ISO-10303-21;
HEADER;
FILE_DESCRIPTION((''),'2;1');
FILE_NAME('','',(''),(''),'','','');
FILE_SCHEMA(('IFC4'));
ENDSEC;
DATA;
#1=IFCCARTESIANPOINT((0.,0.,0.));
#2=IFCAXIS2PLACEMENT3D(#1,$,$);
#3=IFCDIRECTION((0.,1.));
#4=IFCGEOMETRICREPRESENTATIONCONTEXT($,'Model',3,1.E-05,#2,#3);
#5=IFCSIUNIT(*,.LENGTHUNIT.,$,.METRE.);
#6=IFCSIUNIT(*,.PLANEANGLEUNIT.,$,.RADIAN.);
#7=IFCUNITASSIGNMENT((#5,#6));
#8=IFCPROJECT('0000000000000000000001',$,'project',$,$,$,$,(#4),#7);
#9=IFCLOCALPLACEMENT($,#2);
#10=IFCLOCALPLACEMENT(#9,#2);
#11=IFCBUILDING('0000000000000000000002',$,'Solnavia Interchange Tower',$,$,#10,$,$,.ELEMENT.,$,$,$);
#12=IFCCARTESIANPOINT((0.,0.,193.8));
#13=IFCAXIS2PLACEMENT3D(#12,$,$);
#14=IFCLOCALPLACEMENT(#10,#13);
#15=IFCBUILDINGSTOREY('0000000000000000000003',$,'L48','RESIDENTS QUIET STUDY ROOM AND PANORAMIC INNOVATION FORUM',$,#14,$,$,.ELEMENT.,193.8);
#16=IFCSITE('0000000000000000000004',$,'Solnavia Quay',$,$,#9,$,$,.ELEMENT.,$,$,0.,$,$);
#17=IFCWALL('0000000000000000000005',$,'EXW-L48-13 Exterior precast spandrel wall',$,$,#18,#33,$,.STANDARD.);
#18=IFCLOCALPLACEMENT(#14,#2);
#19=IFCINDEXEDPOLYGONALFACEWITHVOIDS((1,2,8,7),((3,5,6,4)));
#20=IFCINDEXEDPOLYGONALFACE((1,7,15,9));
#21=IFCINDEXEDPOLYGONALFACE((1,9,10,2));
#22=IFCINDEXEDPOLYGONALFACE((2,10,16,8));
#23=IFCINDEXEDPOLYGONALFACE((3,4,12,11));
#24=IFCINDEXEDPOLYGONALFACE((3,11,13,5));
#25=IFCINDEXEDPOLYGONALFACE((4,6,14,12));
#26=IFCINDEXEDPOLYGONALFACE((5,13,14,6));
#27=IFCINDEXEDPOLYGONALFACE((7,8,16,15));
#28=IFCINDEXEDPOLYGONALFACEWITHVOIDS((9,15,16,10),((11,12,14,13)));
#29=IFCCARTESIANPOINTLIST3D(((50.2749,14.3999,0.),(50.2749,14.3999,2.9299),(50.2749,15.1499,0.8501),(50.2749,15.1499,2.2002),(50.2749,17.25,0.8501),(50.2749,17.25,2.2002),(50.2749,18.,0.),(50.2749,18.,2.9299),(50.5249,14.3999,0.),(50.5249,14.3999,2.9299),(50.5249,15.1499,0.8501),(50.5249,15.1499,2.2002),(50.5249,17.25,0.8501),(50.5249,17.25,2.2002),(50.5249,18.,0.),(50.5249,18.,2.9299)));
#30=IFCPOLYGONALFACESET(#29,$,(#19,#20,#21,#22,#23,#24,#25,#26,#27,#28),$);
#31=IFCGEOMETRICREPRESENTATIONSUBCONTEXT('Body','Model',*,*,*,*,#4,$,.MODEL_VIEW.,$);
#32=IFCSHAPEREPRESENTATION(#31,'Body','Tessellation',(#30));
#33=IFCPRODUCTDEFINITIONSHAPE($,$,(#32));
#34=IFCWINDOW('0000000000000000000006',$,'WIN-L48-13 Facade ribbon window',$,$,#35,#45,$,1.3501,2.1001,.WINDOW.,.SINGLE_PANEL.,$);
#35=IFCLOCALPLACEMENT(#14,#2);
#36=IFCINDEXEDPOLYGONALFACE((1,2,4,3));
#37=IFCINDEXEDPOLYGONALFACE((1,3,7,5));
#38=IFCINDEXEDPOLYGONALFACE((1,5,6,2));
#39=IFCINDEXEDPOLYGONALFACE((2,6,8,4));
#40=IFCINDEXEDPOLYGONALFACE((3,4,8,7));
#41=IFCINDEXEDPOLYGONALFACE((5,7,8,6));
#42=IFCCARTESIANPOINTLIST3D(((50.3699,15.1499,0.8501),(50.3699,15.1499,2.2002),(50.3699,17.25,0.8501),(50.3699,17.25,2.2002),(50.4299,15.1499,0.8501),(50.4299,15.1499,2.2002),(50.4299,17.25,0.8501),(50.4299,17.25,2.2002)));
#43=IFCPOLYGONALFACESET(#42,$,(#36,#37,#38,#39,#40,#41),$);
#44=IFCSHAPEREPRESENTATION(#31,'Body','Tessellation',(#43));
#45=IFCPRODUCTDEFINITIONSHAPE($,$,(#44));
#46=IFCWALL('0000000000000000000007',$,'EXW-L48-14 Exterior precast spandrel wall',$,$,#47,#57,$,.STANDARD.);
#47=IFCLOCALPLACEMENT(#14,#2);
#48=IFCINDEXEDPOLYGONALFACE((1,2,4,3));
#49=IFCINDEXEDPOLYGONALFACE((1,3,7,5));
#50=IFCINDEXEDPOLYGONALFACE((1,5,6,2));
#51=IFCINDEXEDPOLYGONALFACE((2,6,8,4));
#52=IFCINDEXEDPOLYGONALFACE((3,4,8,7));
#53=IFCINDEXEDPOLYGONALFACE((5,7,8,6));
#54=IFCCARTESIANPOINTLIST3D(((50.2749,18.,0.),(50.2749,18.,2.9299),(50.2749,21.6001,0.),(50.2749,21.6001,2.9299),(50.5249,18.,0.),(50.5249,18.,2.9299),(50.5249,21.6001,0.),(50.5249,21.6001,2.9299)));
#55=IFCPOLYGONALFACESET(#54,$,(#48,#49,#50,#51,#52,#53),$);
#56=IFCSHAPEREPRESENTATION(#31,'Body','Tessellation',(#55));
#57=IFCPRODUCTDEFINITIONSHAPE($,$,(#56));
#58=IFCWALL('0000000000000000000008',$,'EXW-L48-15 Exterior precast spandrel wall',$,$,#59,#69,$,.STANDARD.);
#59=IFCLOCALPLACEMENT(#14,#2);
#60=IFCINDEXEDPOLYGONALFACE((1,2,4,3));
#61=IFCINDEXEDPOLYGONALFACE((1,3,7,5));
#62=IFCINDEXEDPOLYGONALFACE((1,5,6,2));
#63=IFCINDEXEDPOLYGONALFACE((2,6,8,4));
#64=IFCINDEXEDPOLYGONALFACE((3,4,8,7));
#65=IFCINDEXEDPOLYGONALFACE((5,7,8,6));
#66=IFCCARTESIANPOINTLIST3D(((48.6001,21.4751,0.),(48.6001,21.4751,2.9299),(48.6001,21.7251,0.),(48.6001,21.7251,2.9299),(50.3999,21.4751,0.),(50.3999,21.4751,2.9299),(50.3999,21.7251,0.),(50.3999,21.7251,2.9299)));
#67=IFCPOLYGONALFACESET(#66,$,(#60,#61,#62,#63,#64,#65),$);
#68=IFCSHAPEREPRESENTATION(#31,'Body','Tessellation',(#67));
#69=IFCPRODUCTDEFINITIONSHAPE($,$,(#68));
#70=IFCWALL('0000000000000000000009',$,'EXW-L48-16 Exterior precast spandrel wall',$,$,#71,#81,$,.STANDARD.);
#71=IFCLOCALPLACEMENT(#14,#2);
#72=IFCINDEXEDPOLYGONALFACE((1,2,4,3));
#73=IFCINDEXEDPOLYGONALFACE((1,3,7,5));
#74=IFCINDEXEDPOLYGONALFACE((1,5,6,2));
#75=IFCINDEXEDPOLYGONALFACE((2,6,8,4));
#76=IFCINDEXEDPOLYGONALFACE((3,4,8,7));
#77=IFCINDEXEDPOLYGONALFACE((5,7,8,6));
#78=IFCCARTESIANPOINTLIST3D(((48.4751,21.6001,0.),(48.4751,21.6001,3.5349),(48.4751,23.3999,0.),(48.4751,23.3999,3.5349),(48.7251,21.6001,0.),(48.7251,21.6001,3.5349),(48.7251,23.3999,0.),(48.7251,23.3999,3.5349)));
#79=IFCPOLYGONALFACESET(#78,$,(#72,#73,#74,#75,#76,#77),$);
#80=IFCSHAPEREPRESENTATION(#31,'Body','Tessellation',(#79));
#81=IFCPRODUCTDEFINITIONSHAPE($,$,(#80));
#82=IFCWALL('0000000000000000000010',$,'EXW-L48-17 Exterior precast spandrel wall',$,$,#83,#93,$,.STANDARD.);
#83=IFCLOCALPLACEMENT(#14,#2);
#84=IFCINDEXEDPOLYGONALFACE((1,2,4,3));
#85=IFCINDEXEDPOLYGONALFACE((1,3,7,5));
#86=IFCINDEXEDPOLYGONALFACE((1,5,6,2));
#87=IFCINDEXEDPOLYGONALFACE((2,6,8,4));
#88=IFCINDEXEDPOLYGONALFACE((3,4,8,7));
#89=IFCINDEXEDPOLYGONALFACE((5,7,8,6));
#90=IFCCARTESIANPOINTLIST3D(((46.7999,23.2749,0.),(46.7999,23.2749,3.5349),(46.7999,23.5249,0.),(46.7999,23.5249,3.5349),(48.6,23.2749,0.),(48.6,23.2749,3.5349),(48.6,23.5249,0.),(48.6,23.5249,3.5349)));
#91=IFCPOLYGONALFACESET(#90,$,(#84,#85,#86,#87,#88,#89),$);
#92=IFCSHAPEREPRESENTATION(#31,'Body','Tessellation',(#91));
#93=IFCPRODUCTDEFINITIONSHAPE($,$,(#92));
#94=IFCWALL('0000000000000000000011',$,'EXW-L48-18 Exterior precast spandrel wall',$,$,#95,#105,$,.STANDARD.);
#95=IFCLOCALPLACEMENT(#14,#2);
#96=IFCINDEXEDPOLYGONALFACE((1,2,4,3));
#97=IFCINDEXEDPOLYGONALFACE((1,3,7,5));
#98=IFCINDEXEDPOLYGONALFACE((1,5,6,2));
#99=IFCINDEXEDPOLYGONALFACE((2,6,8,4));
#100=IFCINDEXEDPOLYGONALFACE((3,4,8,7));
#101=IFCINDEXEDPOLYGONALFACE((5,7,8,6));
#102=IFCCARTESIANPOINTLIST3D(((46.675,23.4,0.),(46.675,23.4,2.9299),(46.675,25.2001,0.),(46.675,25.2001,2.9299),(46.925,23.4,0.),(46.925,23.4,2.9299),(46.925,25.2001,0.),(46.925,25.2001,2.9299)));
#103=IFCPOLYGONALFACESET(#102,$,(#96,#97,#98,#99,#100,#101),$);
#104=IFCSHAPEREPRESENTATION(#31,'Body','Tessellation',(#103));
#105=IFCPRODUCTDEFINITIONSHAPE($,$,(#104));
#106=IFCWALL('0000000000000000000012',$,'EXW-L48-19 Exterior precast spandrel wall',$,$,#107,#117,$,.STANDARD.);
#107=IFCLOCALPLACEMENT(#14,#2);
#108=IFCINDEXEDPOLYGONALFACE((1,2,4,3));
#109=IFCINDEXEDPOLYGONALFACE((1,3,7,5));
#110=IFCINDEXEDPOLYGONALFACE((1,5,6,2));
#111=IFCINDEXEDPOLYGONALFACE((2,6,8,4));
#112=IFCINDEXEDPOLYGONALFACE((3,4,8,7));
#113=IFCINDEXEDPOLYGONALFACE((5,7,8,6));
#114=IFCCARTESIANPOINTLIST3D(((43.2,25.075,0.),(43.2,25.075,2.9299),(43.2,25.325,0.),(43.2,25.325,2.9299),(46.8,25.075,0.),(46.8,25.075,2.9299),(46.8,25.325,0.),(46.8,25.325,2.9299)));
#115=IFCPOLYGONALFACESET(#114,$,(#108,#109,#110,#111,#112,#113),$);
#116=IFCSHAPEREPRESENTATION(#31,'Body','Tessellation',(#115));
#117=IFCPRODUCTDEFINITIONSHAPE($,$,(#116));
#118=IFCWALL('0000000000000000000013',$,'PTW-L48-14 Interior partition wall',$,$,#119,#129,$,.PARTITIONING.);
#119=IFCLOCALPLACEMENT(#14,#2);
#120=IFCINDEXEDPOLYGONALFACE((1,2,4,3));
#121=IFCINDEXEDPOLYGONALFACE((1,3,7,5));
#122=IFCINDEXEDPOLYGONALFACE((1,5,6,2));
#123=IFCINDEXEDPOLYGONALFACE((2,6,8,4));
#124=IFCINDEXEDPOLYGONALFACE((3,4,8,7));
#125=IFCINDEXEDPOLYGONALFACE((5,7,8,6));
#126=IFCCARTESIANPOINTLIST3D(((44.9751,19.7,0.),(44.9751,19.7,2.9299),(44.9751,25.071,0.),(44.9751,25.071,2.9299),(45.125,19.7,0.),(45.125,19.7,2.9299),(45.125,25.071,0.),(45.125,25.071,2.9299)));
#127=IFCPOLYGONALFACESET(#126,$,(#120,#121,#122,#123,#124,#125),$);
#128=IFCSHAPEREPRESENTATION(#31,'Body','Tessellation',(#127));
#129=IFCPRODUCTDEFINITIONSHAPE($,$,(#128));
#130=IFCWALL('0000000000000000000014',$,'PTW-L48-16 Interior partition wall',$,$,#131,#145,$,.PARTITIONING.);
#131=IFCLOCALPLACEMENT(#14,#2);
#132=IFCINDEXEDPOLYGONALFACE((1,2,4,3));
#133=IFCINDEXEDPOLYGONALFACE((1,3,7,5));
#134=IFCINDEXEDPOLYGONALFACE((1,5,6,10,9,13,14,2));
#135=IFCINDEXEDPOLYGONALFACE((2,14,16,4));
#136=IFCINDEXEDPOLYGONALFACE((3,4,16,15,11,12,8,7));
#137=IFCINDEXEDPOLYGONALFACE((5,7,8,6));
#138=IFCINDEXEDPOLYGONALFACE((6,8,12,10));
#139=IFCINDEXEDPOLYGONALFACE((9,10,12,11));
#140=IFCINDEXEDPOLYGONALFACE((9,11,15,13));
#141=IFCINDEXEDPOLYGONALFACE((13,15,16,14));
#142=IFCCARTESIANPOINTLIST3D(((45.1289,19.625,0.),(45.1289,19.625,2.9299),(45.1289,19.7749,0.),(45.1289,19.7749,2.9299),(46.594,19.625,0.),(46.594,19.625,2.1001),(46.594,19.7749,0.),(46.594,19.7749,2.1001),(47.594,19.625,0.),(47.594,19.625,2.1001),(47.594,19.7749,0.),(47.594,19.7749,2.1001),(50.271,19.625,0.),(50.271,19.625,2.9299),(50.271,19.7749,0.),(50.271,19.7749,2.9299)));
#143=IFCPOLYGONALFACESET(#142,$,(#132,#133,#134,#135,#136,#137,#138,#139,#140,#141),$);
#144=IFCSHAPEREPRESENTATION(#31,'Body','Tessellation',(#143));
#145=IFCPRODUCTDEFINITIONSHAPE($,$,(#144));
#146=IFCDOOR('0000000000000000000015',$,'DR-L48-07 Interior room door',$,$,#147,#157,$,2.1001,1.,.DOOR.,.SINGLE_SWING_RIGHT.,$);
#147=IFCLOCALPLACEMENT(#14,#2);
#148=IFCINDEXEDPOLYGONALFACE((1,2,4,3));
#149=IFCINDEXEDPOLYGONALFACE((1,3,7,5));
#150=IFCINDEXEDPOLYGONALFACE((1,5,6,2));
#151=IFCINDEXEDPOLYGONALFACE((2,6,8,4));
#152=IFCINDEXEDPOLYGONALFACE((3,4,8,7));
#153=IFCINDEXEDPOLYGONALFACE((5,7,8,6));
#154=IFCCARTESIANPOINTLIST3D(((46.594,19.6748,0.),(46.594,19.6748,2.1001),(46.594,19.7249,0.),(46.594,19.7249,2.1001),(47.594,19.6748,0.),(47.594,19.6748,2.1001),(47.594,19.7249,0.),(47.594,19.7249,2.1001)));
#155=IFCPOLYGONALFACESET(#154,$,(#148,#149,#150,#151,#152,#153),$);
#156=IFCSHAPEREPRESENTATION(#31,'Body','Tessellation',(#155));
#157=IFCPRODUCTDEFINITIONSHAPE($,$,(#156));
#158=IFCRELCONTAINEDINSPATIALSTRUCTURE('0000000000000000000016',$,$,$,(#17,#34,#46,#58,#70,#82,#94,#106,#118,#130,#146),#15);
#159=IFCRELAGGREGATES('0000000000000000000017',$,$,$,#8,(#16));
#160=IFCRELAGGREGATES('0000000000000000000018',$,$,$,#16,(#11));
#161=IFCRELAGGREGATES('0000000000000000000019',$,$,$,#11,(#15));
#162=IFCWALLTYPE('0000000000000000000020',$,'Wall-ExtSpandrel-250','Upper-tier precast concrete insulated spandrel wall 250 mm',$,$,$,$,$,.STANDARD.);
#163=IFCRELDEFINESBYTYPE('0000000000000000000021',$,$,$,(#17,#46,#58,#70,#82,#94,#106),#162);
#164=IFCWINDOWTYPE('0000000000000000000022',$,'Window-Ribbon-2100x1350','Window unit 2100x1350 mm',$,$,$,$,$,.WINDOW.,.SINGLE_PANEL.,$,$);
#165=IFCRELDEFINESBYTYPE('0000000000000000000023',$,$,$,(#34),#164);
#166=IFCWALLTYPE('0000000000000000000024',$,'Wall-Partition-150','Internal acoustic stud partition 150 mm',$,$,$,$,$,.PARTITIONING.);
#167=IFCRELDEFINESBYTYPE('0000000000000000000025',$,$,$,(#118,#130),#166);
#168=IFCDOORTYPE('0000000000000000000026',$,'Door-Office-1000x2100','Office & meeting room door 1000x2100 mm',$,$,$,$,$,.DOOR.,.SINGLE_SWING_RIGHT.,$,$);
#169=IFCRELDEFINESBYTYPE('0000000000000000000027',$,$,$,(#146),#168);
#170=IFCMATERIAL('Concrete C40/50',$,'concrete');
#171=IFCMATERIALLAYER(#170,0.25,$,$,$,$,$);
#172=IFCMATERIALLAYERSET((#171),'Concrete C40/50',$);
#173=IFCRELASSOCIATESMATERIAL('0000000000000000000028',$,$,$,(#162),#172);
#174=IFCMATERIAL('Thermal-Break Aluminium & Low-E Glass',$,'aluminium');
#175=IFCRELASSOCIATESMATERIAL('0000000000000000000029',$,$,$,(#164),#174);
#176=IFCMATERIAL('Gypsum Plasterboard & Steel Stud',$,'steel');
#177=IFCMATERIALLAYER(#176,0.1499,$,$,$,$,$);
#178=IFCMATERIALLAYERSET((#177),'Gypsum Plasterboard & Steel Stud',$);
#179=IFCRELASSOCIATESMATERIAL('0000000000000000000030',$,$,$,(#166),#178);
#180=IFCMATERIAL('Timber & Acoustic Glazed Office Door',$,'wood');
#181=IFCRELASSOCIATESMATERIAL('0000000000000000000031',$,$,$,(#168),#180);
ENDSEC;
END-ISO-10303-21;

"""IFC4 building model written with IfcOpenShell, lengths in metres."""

from ifc_helpers import new_model, si_unit, direction, frame, frame_2d, origin, place, context, subcontext, project, spatial, rectangle, extrude, material, layer, layer_set, type_object, element, fill, save


model = new_model("IFC4")

# Units and contexts
model_context = context("Model", 3, precision=1e-05, world=origin(), true_north=direction((0.0, 1.0)))
body_context = subcontext(model_context, "Body", "Model", "MODEL_VIEW")
ifc_project = project(units=[si_unit("LENGTHUNIT", "METRE"), si_unit("PLANEANGLEUNIT", "RADIAN")], contexts=[model_context])

# Site, building, storey
site_placement = place(None, origin())
site = spatial("IfcSite", under=ifc_project, at=site_placement, Name="Solnavia Quay", CompositionType="ELEMENT", RefElevation=0.0)
building_placement = place(site_placement, origin())
building = spatial("IfcBuilding", under=site, at=building_placement, Name="Solnavia Interchange Tower", CompositionType="ELEMENT")
storey_placement = place(building_placement, frame((0.0, 0.0, 193.8)))
storey = spatial("IfcBuildingStorey", under=building, at=storey_placement, Name="L48", Description="RESIDENTS QUIET STUDY ROOM AND PANORAMIC INNOVATION FORUM", CompositionType="ELEMENT", Elevation=193.8)

# Wall, opening, window
ifc_material_1 = material(Name="Concrete C40/50", Category="concrete")
ifc_layer_1 = layer(ifc_material_1, 0.25)
ifc_layer_set_1 = layer_set([ifc_layer_1], Name="Concrete C40/50")
wall_type_1 = type_object("IfcWallType", Name="Wall-ExtSpandrel-250", Description="Upper-tier precast concrete insulated spandrel wall 250 mm", PredefinedType="STANDARD", material=ifc_layer_set_1)
wall_1_placement = place(storey_placement, frame((50.3999, 18.0, 0.0), z_axis=(0.0, 0.0, 1.0), x_axis=(0.0, -1.0, 0.0)))
wall_1 = element("IfcWall", 1, at=wall_1_placement, inside=storey, type_object=wall_type_1, Name="EXW-L48-13 Exterior precast spandrel wall", PredefinedType="STANDARD", context=body_context, shape_type="SweptSolid", body=[
    extrude(rectangle(XDim=3.6001, YDim=0.25, at=frame_2d((1.8, 0.0))), origin(), (0.0, 0.0, 1.0), 2.9299),
])
opening_1_placement = place(wall_1_placement, frame((0.75, 0.0, 0.8501)))
opening_1 = element("IfcOpeningElement", 2, at=opening_1_placement, cuts=wall_1, PredefinedType="OPENING", context=body_context, shape_type="SweptSolid", body=[
    extrude(rectangle(XDim=2.1001, YDim=1.3501, at=frame_2d((1.05, 0.675))), frame((0.0, 0.135, 0.0), z_axis=(0.0, -1.0, 0.0), x_axis=(1.0, 0.0, 0.0)), (0.0, 0.0, 1.0), 0.27),
])
ifc_material_2 = material(Name="Thermal-Break Aluminium & Low-E Glass", Category="aluminium")
window_type = type_object("IfcWindowType", Name="Window-Ribbon-2100x1350", Description="Window unit 2100x1350 mm", PartitioningType="SINGLE_PANEL", PredefinedType="WINDOW", material=ifc_material_2)
window_placement = place(opening_1_placement, origin())
window = element("IfcWindow", 3, at=window_placement, inside=storey, type_object=window_type, Name="WIN-L48-13 Facade ribbon window", OverallHeight=1.3501, OverallWidth=2.1001, PartitioningType="SINGLE_PANEL", PredefinedType="WINDOW", context=body_context, shape_type="SweptSolid", body=[
    extrude(rectangle(XDim=2.1001, YDim=1.3501, at=frame_2d((1.05, 0.675))), frame((0.0, 0.03, 0.0), z_axis=(0.0, -1.0, 0.0), x_axis=(1.0, 0.0, 0.0)), (0.0, 0.0, 1.0), 0.0601),
])
fill(opening_1, window)

# Walls
wall_2_placement = place(storey_placement, frame((50.3999, 21.6001, 0.0), z_axis=(0.0, 0.0, 1.0), x_axis=(0.0, -1.0, 0.0)))
element("IfcWall", 4, at=wall_2_placement, inside=storey, type_object=wall_type_1, Name="EXW-L48-14 Exterior precast spandrel wall", PredefinedType="STANDARD", context=body_context, shape_type="SweptSolid", body=[
    extrude(rectangle(XDim=3.6001, YDim=0.25, at=frame_2d((1.8, 0.0))), origin(), (0.0, 0.0, 1.0), 2.9299),
])
wall_3_placement = place(storey_placement, frame((48.6001, 21.6001, 0.0), z_axis=(0.0, 0.0, 1.0), x_axis=(1.0, 0.0, 0.0)))
element("IfcWall", 5, at=wall_3_placement, inside=storey, type_object=wall_type_1, Name="EXW-L48-15 Exterior precast spandrel wall", PredefinedType="STANDARD", context=body_context, shape_type="SweptSolid", body=[
    extrude(rectangle(XDim=1.7998, YDim=0.25, at=frame_2d((0.8999, 0.0))), origin(), (0.0, 0.0, 1.0), 2.9299),
])
wall_4_placement = place(storey_placement, frame((48.6001, 23.3999, 0.0), z_axis=(0.0, 0.0, 1.0), x_axis=(0.0, -1.0, 0.0)))
element("IfcWall", 6, at=wall_4_placement, inside=storey, type_object=wall_type_1, Name="EXW-L48-16 Exterior precast spandrel wall", PredefinedType="STANDARD", context=body_context, shape_type="SweptSolid", body=[
    extrude(rectangle(XDim=1.7998, YDim=0.25, at=frame_2d((0.8999, 0.0))), origin(), (0.0, 0.0, 1.0), 3.5349),
])
wall_5_placement = place(storey_placement, frame((46.8, 23.3999, 0.0), z_axis=(0.0, 0.0, 1.0), x_axis=(1.0, 0.0, 0.0)))
element("IfcWall", 7, at=wall_5_placement, inside=storey, type_object=wall_type_1, Name="EXW-L48-17 Exterior precast spandrel wall", PredefinedType="STANDARD", context=body_context, shape_type="SweptSolid", body=[
    extrude(rectangle(XDim=1.8, YDim=0.25, at=frame_2d((0.8999, 0.0))), origin(), (0.0, 0.0, 1.0), 3.5349),
])
wall_6_placement = place(storey_placement, frame((46.8, 25.2, 0.0), z_axis=(0.0, 0.0, 1.0), x_axis=(0.0, -1.0, 0.0)))
element("IfcWall", 8, at=wall_6_placement, inside=storey, type_object=wall_type_1, Name="EXW-L48-18 Exterior precast spandrel wall", PredefinedType="STANDARD", context=body_context, shape_type="SweptSolid", body=[
    extrude(rectangle(XDim=1.8, YDim=0.25, at=frame_2d((0.8999, 0.0))), origin(), (0.0, 0.0, 1.0), 2.9299),
])
wall_7_placement = place(storey_placement, frame((43.2, 25.2, 0.0), z_axis=(0.0, 0.0, 1.0), x_axis=(1.0, 0.0, 0.0)))
element("IfcWall", 9, at=wall_7_placement, inside=storey, type_object=wall_type_1, Name="EXW-L48-19 Exterior precast spandrel wall", PredefinedType="STANDARD", context=body_context, shape_type="SweptSolid", body=[
    extrude(rectangle(XDim=3.6001, YDim=0.25, at=frame_2d((1.8, 0.0))), origin(), (0.0, 0.0, 1.0), 2.9299),
])
ifc_material_3 = material(Name="Gypsum Plasterboard & Steel Stud", Category="steel")
ifc_layer_2 = layer(ifc_material_3, 0.1499)
ifc_layer_set_2 = layer_set([ifc_layer_2], Name="Gypsum Plasterboard & Steel Stud")
wall_type_2 = type_object("IfcWallType", Name="Wall-Partition-150", Description="Internal acoustic stud partition 150 mm", PredefinedType="PARTITIONING", material=ifc_layer_set_2)
wall_8_placement = place(storey_placement, frame((45.05, 19.7, 0.0), z_axis=(0.0, 0.0, 1.0), x_axis=(0.0, 1.0, 0.0)))
element("IfcWall", 10, at=wall_8_placement, inside=storey, type_object=wall_type_2, Name="PTW-L48-14 Interior partition wall", PredefinedType="PARTITIONING", context=body_context, shape_type="SweptSolid", body=[
    extrude(rectangle(XDim=5.3711, YDim=0.1499, at=frame_2d((2.6855, 0.0))), origin(), (0.0, 0.0, 1.0), 2.9299),
])

# Wall, opening, door
wall_9_placement = place(storey_placement, frame((45.1289, 19.7, 0.0), z_axis=(0.0, 0.0, 1.0), x_axis=(1.0, 0.0, 0.0)))
wall_9 = element("IfcWall", 11, at=wall_9_placement, inside=storey, type_object=wall_type_2, Name="PTW-L48-16 Interior partition wall", PredefinedType="PARTITIONING", context=body_context, shape_type="SweptSolid", body=[
    extrude(rectangle(XDim=5.1421, YDim=0.1499, at=frame_2d((2.571, 0.0))), origin(), (0.0, 0.0, 1.0), 2.9299),
])
opening_2_placement = place(wall_9_placement, frame((1.4651, 0.0, 0.0)))
opening_2 = element("IfcOpeningElement", 12, at=opening_2_placement, cuts=wall_9, PredefinedType="OPENING", context=body_context, shape_type="SweptSolid", body=[
    extrude(rectangle(XDim=1.0, YDim=2.1001, at=frame_2d((0.5, 1.05))), frame((0.0, 0.085, 0.0), z_axis=(0.0, -1.0, 0.0), x_axis=(1.0, 0.0, 0.0)), (0.0, 0.0, 1.0), 0.1699),
])
ifc_material_4 = material(Name="Timber & Acoustic Glazed Office Door", Category="wood")
door_type = type_object("IfcDoorType", Name="Door-Office-1000x2100", Description="Office & meeting room door 1000x2100 mm", OperationType="SINGLE_SWING_RIGHT", PredefinedType="DOOR", material=ifc_material_4)
door_placement = place(opening_2_placement, origin())
door = element("IfcDoor", 13, at=door_placement, inside=storey, type_object=door_type, Name="DR-L48-07 Interior room door", OperationType="SINGLE_SWING_RIGHT", OverallHeight=2.1001, OverallWidth=1.0, PredefinedType="DOOR", context=body_context, shape_type="SweptSolid", body=[
    extrude(rectangle(XDim=1.0, YDim=2.1001, at=frame_2d((0.5, 1.05))), frame((0.0, 0.0249, 0.0), z_axis=(0.0, -1.0, 0.0), x_axis=(1.0, 0.0, 0.0)), (0.0, 0.0, 1.0), 0.05),
])
fill(opening_2, door)

save(model, "model.ifc")
